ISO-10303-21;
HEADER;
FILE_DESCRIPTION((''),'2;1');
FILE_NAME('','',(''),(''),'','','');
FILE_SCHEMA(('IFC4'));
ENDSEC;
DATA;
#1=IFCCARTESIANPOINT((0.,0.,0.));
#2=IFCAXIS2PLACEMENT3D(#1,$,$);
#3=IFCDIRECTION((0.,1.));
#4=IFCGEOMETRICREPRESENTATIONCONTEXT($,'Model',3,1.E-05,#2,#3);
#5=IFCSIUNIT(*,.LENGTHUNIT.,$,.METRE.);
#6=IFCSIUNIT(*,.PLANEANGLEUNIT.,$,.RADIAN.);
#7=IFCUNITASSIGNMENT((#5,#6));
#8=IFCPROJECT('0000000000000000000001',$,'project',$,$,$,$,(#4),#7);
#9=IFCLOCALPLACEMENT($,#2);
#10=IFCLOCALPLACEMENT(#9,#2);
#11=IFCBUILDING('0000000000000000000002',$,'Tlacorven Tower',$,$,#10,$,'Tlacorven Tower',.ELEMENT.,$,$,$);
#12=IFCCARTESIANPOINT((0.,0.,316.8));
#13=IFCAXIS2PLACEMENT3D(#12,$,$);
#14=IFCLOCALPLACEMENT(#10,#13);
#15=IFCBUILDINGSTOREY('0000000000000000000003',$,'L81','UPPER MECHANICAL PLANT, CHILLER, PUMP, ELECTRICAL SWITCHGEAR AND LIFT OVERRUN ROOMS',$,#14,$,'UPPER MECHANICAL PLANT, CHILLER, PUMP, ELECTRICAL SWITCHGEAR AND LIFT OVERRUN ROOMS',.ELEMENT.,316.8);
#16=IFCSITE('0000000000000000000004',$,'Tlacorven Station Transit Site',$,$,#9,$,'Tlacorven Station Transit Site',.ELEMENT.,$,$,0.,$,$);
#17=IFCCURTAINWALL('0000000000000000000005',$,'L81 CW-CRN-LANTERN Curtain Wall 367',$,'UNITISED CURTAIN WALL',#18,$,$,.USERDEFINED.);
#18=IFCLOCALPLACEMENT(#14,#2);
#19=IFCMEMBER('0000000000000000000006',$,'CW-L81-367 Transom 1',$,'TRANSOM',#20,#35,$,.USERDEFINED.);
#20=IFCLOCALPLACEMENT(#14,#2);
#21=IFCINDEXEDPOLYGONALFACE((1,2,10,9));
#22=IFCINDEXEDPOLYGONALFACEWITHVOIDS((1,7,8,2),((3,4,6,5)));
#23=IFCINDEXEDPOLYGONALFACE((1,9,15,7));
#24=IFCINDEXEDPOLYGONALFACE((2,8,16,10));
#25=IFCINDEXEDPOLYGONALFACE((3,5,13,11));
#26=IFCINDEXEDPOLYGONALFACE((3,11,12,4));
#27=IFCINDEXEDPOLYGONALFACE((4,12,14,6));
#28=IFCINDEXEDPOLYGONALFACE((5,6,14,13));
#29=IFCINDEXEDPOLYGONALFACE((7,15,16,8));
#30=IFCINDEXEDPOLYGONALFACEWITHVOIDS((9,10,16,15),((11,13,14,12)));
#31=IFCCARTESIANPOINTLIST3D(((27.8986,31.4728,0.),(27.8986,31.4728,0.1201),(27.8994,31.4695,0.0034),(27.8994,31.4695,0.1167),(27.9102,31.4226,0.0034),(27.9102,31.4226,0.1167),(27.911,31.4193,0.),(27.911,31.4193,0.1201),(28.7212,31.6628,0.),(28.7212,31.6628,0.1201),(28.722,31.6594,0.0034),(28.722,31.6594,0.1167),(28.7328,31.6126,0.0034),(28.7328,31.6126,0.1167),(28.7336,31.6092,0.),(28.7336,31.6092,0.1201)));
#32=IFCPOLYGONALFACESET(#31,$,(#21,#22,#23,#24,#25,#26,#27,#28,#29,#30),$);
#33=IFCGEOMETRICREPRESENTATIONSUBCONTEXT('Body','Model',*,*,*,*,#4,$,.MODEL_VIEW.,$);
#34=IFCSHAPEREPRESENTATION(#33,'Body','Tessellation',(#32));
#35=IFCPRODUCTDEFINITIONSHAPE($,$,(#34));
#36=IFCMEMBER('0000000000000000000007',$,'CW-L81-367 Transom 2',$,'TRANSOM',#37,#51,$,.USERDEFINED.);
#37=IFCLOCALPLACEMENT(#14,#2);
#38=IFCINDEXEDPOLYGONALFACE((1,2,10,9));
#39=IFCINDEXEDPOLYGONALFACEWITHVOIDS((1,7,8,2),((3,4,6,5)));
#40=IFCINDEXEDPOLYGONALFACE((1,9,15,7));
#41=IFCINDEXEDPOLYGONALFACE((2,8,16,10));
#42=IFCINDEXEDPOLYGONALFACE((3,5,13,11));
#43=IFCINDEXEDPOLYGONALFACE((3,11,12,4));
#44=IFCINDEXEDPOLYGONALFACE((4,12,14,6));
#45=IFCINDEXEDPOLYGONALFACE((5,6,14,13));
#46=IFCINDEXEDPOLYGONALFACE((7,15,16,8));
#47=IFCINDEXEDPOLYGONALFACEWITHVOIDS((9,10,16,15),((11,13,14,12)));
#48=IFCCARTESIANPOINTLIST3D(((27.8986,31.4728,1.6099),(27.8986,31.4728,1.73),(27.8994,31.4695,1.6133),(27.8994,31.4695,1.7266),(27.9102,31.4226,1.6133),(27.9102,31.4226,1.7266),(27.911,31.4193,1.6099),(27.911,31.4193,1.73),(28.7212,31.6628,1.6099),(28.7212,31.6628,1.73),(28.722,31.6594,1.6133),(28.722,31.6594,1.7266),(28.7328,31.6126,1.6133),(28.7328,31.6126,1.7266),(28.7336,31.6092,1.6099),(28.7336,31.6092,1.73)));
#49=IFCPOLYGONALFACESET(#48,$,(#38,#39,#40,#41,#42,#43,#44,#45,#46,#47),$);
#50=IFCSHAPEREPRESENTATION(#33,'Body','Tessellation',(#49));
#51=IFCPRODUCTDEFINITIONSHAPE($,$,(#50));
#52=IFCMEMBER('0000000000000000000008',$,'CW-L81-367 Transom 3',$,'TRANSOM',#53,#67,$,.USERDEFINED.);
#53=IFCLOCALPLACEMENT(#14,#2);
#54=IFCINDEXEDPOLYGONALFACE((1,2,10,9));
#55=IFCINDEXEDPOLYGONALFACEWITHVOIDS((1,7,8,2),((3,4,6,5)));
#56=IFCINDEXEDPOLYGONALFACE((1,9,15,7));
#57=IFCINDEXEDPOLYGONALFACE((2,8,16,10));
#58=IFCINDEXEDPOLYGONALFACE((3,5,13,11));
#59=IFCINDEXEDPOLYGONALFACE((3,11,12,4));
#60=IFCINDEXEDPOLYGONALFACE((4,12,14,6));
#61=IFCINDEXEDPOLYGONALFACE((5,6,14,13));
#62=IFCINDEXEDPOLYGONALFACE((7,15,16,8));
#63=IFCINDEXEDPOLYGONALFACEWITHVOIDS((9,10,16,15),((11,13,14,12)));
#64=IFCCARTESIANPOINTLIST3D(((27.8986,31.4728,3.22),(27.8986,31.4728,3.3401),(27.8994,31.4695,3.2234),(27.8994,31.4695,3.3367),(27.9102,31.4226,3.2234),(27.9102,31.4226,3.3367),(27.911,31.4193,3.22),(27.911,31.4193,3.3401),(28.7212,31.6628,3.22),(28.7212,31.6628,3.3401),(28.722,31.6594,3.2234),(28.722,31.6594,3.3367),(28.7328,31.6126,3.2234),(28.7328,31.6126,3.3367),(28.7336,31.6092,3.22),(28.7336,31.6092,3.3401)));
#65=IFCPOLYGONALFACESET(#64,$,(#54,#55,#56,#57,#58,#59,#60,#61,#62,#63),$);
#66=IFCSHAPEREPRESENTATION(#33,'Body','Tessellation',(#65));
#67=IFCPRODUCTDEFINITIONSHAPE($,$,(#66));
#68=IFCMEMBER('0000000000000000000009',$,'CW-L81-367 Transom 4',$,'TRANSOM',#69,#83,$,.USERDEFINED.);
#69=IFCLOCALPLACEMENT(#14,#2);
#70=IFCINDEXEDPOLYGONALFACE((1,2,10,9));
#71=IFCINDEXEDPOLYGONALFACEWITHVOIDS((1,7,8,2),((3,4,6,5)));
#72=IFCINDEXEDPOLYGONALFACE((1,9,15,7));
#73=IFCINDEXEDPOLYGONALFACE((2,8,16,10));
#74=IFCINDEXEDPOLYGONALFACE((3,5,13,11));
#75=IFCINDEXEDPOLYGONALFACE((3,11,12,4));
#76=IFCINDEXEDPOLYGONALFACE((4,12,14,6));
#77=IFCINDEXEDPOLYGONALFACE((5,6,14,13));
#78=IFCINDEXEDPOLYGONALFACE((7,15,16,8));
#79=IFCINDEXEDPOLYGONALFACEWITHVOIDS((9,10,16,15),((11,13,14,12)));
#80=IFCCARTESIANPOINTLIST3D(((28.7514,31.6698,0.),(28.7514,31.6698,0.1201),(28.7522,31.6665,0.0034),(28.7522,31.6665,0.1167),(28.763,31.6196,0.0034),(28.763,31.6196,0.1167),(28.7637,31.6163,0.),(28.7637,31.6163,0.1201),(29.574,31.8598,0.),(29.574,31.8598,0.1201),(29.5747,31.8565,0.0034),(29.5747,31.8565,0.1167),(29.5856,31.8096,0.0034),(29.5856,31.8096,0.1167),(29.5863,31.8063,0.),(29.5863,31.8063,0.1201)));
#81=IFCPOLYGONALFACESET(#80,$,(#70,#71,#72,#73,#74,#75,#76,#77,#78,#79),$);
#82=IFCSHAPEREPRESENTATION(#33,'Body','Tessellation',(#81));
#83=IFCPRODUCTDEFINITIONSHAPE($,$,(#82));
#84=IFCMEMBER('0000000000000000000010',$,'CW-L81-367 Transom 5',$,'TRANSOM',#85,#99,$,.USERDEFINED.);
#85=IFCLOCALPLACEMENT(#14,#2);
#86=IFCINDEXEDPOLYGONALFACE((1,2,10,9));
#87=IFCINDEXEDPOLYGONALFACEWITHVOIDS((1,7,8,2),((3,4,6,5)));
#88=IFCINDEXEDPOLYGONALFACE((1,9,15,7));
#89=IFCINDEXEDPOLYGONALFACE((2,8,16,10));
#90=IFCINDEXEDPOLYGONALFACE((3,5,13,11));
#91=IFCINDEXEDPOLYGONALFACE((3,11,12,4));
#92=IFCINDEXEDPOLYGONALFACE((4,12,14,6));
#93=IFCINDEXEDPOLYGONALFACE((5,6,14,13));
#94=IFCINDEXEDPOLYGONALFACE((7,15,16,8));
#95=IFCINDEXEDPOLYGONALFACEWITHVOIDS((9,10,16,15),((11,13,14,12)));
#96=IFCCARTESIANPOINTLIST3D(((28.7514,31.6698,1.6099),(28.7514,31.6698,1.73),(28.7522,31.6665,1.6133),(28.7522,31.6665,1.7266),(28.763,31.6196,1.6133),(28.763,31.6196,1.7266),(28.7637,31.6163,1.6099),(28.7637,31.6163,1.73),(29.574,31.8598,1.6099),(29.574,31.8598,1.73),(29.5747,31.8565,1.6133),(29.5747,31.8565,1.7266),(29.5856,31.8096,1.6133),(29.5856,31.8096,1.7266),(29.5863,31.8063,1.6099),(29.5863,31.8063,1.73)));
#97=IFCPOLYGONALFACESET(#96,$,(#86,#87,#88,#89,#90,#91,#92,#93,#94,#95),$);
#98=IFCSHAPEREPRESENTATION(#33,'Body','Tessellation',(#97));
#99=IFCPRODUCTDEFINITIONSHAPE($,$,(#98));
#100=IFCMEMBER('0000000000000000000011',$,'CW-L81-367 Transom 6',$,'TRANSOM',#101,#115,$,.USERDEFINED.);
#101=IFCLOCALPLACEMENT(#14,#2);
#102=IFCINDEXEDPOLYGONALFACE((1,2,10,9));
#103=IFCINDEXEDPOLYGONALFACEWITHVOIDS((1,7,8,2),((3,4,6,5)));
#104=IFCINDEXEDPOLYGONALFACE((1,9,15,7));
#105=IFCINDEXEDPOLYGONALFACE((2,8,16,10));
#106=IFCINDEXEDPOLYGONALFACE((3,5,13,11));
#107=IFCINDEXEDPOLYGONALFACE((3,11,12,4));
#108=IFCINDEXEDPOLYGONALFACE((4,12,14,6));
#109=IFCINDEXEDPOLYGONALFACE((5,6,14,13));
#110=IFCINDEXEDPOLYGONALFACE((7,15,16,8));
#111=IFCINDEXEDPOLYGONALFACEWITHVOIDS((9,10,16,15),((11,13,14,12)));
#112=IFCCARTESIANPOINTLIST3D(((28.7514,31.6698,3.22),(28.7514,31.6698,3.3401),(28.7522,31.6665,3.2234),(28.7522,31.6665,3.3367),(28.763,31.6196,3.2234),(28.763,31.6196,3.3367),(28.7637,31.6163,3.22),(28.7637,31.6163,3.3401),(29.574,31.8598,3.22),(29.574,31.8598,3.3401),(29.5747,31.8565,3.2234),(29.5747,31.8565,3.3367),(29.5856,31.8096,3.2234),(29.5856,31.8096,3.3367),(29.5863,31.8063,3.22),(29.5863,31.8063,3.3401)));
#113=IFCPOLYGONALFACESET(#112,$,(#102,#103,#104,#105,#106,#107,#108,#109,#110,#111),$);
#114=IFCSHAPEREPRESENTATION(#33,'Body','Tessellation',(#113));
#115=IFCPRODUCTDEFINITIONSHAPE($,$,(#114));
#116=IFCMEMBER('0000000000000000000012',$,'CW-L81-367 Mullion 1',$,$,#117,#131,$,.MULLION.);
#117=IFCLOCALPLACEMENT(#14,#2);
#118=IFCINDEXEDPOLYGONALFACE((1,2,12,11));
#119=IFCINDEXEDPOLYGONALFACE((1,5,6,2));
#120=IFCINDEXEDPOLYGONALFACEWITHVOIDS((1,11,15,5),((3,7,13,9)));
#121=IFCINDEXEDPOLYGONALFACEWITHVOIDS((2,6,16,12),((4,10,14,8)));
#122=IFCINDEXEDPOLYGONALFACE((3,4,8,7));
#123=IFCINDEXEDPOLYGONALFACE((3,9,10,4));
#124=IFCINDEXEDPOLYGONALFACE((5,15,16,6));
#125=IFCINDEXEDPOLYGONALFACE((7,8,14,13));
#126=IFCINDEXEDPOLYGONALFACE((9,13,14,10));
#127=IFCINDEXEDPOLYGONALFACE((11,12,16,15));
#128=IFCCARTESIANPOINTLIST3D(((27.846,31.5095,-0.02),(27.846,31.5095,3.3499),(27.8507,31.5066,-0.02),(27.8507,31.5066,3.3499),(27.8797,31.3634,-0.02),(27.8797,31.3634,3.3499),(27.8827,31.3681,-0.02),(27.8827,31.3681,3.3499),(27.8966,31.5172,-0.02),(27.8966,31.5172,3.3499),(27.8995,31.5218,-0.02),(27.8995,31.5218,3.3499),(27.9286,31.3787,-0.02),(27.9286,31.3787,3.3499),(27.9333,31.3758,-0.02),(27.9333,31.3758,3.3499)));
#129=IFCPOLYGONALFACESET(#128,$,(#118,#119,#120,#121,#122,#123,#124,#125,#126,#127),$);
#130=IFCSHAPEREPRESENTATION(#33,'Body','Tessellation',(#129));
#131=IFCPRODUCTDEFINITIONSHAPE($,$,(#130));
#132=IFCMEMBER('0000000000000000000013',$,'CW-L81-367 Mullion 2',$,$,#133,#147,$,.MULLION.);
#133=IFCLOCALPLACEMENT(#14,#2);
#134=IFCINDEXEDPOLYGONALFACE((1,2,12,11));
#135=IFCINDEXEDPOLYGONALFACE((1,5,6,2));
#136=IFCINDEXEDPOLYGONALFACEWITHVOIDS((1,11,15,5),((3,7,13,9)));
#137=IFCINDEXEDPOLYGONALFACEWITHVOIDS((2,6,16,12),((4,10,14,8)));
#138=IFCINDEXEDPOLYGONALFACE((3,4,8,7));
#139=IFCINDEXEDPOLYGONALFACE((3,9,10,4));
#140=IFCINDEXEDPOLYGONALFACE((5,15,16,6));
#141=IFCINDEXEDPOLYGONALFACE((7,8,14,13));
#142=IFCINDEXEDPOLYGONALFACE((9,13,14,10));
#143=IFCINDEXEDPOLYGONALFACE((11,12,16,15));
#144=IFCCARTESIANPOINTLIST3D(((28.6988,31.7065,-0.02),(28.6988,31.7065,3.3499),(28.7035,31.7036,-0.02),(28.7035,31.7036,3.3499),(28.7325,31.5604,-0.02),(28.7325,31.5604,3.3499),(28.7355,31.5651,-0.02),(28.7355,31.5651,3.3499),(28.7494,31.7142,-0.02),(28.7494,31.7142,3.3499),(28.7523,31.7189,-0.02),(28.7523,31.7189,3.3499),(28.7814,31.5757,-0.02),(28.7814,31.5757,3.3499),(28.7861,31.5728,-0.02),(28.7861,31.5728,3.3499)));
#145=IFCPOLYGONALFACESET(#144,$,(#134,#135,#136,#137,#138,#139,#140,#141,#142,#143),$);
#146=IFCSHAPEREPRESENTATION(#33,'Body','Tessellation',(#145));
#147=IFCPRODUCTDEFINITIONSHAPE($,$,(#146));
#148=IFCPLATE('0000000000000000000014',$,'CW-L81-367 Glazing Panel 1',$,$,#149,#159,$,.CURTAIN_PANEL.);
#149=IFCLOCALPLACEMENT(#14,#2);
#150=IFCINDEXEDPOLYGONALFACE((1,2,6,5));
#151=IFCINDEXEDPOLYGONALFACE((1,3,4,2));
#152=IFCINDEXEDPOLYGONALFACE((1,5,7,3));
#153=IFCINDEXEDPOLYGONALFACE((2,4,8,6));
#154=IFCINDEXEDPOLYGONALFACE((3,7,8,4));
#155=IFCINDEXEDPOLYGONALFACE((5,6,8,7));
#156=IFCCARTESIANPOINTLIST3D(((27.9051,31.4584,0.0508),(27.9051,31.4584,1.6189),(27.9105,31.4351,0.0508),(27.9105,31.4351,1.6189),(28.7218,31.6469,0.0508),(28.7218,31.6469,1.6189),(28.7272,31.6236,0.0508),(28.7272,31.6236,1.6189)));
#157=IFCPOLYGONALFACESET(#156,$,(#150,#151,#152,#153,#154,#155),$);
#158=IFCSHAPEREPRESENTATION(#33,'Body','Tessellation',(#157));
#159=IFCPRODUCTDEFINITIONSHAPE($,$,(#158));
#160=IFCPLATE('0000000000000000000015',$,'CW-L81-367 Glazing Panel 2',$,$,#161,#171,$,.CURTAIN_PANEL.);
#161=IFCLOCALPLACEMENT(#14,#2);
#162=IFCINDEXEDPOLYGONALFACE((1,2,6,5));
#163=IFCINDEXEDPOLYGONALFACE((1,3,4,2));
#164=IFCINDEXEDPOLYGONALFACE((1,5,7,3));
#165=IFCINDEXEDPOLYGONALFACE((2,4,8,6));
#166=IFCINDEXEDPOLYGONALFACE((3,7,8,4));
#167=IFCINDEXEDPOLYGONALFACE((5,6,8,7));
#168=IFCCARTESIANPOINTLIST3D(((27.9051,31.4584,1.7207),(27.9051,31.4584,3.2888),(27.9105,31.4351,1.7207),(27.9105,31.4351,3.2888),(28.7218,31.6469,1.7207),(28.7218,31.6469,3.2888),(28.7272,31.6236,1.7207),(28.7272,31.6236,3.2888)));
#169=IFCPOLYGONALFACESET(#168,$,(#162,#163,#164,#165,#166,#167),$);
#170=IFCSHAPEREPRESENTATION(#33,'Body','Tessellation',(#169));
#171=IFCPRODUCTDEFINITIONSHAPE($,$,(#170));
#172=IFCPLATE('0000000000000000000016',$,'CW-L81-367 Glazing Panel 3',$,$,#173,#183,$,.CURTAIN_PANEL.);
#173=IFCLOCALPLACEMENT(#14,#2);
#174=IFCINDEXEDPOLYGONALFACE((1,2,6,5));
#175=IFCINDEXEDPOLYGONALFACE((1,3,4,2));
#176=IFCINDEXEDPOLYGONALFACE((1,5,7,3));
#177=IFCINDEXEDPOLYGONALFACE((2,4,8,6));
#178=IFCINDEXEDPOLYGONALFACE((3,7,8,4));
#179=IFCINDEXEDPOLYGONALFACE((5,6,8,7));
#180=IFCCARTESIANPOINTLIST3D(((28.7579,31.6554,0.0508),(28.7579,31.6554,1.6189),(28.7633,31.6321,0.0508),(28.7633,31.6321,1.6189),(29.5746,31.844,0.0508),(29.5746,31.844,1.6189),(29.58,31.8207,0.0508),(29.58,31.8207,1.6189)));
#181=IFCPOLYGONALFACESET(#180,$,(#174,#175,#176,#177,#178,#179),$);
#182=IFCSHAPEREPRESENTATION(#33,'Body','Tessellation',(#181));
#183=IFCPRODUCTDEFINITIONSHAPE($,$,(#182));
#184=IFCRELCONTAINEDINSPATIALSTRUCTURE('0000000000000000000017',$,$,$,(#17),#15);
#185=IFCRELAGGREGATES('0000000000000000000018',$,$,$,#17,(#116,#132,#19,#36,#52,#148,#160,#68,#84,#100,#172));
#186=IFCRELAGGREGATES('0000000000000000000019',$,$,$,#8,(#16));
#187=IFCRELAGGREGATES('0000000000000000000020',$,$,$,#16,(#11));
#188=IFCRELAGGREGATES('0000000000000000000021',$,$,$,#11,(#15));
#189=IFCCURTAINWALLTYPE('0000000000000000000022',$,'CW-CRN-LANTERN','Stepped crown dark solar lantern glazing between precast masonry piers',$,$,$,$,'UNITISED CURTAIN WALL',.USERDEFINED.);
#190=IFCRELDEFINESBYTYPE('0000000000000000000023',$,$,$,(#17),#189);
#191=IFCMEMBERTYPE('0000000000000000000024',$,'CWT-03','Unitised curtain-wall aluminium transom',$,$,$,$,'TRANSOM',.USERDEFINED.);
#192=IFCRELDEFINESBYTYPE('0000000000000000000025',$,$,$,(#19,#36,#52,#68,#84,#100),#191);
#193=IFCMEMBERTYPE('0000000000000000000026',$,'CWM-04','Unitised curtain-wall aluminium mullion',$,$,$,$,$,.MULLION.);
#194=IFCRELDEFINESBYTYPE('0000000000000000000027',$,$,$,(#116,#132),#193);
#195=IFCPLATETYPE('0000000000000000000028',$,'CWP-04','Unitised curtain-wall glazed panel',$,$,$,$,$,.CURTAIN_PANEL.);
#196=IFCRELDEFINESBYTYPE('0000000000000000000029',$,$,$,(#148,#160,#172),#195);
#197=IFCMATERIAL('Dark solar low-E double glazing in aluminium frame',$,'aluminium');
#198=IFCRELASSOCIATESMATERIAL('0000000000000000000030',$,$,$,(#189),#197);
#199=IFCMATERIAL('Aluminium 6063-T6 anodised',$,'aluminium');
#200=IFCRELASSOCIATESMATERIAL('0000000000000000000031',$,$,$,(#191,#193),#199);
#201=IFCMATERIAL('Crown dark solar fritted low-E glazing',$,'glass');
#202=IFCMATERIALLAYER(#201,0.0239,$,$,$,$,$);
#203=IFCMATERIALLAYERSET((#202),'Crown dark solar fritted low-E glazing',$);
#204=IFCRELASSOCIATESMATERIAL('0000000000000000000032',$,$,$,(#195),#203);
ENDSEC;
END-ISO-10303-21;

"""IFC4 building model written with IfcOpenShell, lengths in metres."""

from ifc_helpers import new_model, si_unit, direction, frame, origin, origin_2d, place, context, subcontext, project, spatial, rectangle, hollow_rectangle, extrude, source, transform, mapped, material, layer, layer_set, material_profile, profile_set, type_object, element, aggregate, save


model = new_model("IFC4")

# Units and contexts
model_context = context("Model", 3, precision=1e-05, world=origin(), true_north=direction((0.0, 1.0)))
body_context = subcontext(model_context, "Body", "Model", "MODEL_VIEW")
ifc_project = project(units=[si_unit("LENGTHUNIT", "METRE"), si_unit("PLANEANGLEUNIT", "RADIAN")], contexts=[model_context])

# Site, building, storey
site_placement = place(None, origin())
site = spatial("IfcSite", under=ifc_project, at=site_placement, Name="Tlacorven Station Transit Site", LongName="Tlacorven Station Transit Site", CompositionType="ELEMENT", RefElevation=0.0)
building_placement = place(site_placement, origin())
building = spatial("IfcBuilding", under=site, at=building_placement, Name="Tlacorven Tower", LongName="Tlacorven Tower", CompositionType="ELEMENT")
storey_placement = place(building_placement, frame((0.0, 0.0, 316.8)))
storey = spatial("IfcBuildingStorey", under=building, at=storey_placement, Name="L81", Description="UPPER MECHANICAL PLANT, CHILLER, PUMP, ELECTRICAL SWITCHGEAR AND LIFT OVERRUN ROOMS", LongName="UPPER MECHANICAL PLANT, CHILLER, PUMP, ELECTRICAL SWITCHGEAR AND LIFT OVERRUN ROOMS", CompositionType="ELEMENT", Elevation=316.8)

# Curtain wall, members, plates
ifc_material_1 = material(Name="Dark solar low-E double glazing in aluminium frame", Category="aluminium")
curtain_wall_type = type_object("IfcCurtainWallType", Name="CW-CRN-LANTERN", Description="Stepped crown dark solar lantern glazing between precast masonry piers", ElementType="UNITISED CURTAIN WALL", PredefinedType="USERDEFINED", material=ifc_material_1)
curtain_wall_placement = place(storey_placement, origin())
curtain_wall = element("IfcCurtainWall", 1, at=curtain_wall_placement, inside=storey, type_object=curtain_wall_type, Name="L81 CW-CRN-LANTERN Curtain Wall 367", ObjectType="UNITISED CURTAIN WALL", PredefinedType="USERDEFINED")
ifc_material_2 = material(Name="Aluminium 6063-T6 anodised", Category="aluminium")
ifc_material_profile_1 = material_profile(ifc_material_2, hollow_rectangle(XDim=0.0549, YDim=0.1201, WallThickness=0.0034, at=origin_2d()), Name="ALU TRANSOM 55X120")
ifc_profile_set_1 = profile_set([ifc_material_profile_1], Name="Aluminium 6063-T6 anodised")
member_type_1 = type_object("IfcMemberType", Name="CWT-03", Description="Unitised curtain-wall aluminium transom", ElementType="TRANSOM", PredefinedType="USERDEFINED", material=ifc_profile_set_1)
shared_shape_1 = source(origin(), body_context, "Body", "SweptSolid", [
    extrude(hollow_rectangle(XDim=0.0549, YDim=0.1201, WallThickness=0.0034, at=origin_2d()), origin(), (0.0, 0.0, 1.0), 0.8442),
])
member_1_placement = place(storey_placement, frame((27.9048, 31.446, 0.0601), z_axis=(0.974357, 0.225007, 0.0), x_axis=(-0.225007, 0.974357, 0.0)))
member_1 = element("IfcMember", 2, at=member_1_placement, type_object=member_type_1, Name="CW-L81-367 Transom 1", ObjectType="TRANSOM", PredefinedType="USERDEFINED", context=body_context, shape_type="MappedRepresentation", body=[
    mapped(shared_shape_1, transform((0.0, 0.0, 0.0), scale=1.0)),
])
member_2_placement = place(storey_placement, frame((27.9048, 31.446, 1.6699), z_axis=(0.974357, 0.225007, 0.0), x_axis=(-0.225007, 0.974357, 0.0)))
member_2 = element("IfcMember", 3, at=member_2_placement, type_object=member_type_1, Name="CW-L81-367 Transom 2", ObjectType="TRANSOM", PredefinedType="USERDEFINED", context=body_context, shape_type="MappedRepresentation", body=[
    mapped(shared_shape_1, transform((0.0, 0.0, 0.0), scale=1.0)),
])
member_3_placement = place(storey_placement, frame((27.9048, 31.446, 3.28), z_axis=(0.974357, 0.225007, 0.0), x_axis=(-0.225007, 0.974357, 0.0)))
member_3 = element("IfcMember", 4, at=member_3_placement, type_object=member_type_1, Name="CW-L81-367 Transom 3", ObjectType="TRANSOM", PredefinedType="USERDEFINED", context=body_context, shape_type="MappedRepresentation", body=[
    mapped(shared_shape_1, transform((0.0, 0.0, 0.0), scale=1.0)),
])
member_4_placement = place(storey_placement, frame((28.7576, 31.6431, 0.0601), z_axis=(0.974357, 0.225007, 0.0), x_axis=(-0.225007, 0.974357, 0.0)))
member_4 = element("IfcMember", 5, at=member_4_placement, type_object=member_type_1, Name="CW-L81-367 Transom 4", ObjectType="TRANSOM", PredefinedType="USERDEFINED", context=body_context, shape_type="MappedRepresentation", body=[
    mapped(shared_shape_1, transform((0.0, 0.0, 0.0), scale=1.0)),
])
member_5_placement = place(storey_placement, frame((28.7576, 31.6431, 1.6699), z_axis=(0.974357, 0.225007, 0.0), x_axis=(-0.225007, 0.974357, 0.0)))
member_5 = element("IfcMember", 6, at=member_5_placement, type_object=member_type_1, Name="CW-L81-367 Transom 5", ObjectType="TRANSOM", PredefinedType="USERDEFINED", context=body_context, shape_type="MappedRepresentation", body=[
    mapped(shared_shape_1, transform((0.0, 0.0, 0.0), scale=1.0)),
])
member_6_placement = place(storey_placement, frame((28.7576, 31.6431, 3.28), z_axis=(0.974357, 0.225007, 0.0), x_axis=(-0.225007, 0.974357, 0.0)))
member_6 = element("IfcMember", 7, at=member_6_placement, type_object=member_type_1, Name="CW-L81-367 Transom 6", ObjectType="TRANSOM", PredefinedType="USERDEFINED", context=body_context, shape_type="MappedRepresentation", body=[
    mapped(shared_shape_1, transform((0.0, 0.0, 0.0), scale=1.0)),
])
ifc_material_profile_2 = material_profile(ifc_material_2, hollow_rectangle(XDim=0.0549, YDim=0.1499, WallThickness=0.0039, at=origin_2d()), Name="ALU MULLION 55X150")
ifc_profile_set_2 = profile_set([ifc_material_profile_2], Name="Aluminium 6063-T6 anodised")
member_type_2 = type_object("IfcMemberType", Name="CWM-04", Description="Unitised curtain-wall aluminium mullion", PredefinedType="MULLION", material=ifc_profile_set_2)
shared_shape_2 = source(origin(), body_context, "Body", "SweptSolid", [
    extrude(hollow_rectangle(XDim=0.0549, YDim=0.1499, WallThickness=0.0039, at=origin_2d()), origin(), (0.0, 0.0, 1.0), 3.3699),
])
member_7_placement = place(storey_placement, frame((27.8896, 31.4426, -0.02), z_axis=(0.0, 0.0, 1.0), x_axis=(0.974369, 0.224954, 0.0)))
member_7 = element("IfcMember", 8, at=member_7_placement, type_object=member_type_2, Name="CW-L81-367 Mullion 1", PredefinedType="MULLION", context=body_context, shape_type="MappedRepresentation", body=[
    mapped(shared_shape_2, transform((0.0, 0.0, 0.0), scale=1.0)),
])
member_8_placement = place(storey_placement, frame((28.7424, 31.6396, -0.02), z_axis=(0.0, 0.0, 1.0), x_axis=(0.974369, 0.224954, 0.0)))
member_8 = element("IfcMember", 9, at=member_8_placement, type_object=member_type_2, Name="CW-L81-367 Mullion 2", PredefinedType="MULLION", context=body_context, shape_type="MappedRepresentation", body=[
    mapped(shared_shape_2, transform((0.0, 0.0, 0.0), scale=1.0)),
])
ifc_material_3 = material(Name="Crown dark solar fritted low-E glazing", Category="glass")
ifc_layer_1 = layer(ifc_material_3, 0.0239)
ifc_layer_set_1 = layer_set([ifc_layer_1], Name="Crown dark solar fritted low-E glazing")
plate_type = type_object("IfcPlateType", Name="CWP-04", Description="Unitised curtain-wall glazed panel", PredefinedType="CURTAIN_PANEL", material=ifc_layer_set_1)
shared_shape_3 = source(origin(), body_context, "Body", "SweptSolid", [
    extrude(rectangle(XDim=0.8381, YDim=0.0239, at=origin_2d()), origin(), (0.0, 0.0, 1.0), 1.5681),
])
plate_1_placement = place(storey_placement, frame((28.3162, 31.541, 0.0508), z_axis=(0.0, 0.0, 1.0), x_axis=(0.974369, 0.224954, 0.0)))
plate_1 = element("IfcPlate", 10, at=plate_1_placement, type_object=plate_type, Name="CW-L81-367 Glazing Panel 1", PredefinedType="CURTAIN_PANEL", context=body_context, shape_type="MappedRepresentation", body=[
    mapped(shared_shape_3, transform((0.0, 0.0, 0.0), scale=1.0)),
])
plate_2_placement = place(storey_placement, frame((28.3162, 31.541, 1.7207), z_axis=(0.0, 0.0, 1.0), x_axis=(0.974369, 0.224954, 0.0)))
plate_2 = element("IfcPlate", 11, at=plate_2_placement, type_object=plate_type, Name="CW-L81-367 Glazing Panel 2", PredefinedType="CURTAIN_PANEL", context=body_context, shape_type="MappedRepresentation", body=[
    mapped(shared_shape_3, transform((0.0, 0.0, 0.0), scale=1.0)),
])
plate_3_placement = place(storey_placement, frame((29.1689, 31.738, 0.0508), z_axis=(0.0, 0.0, 1.0), x_axis=(0.974369, 0.224954, 0.0)))
plate_3 = element("IfcPlate", 12, at=plate_3_placement, type_object=plate_type, Name="CW-L81-367 Glazing Panel 3", PredefinedType="CURTAIN_PANEL", context=body_context, shape_type="MappedRepresentation", body=[
    mapped(shared_shape_3, transform((0.0, 0.0, 0.0), scale=1.0)),
])
aggregate(curtain_wall, [member_7, member_8, member_1, member_2, member_3, plate_1, plate_2, member_4, member_5, member_6, plate_3])

save(model, "model.ifc")
